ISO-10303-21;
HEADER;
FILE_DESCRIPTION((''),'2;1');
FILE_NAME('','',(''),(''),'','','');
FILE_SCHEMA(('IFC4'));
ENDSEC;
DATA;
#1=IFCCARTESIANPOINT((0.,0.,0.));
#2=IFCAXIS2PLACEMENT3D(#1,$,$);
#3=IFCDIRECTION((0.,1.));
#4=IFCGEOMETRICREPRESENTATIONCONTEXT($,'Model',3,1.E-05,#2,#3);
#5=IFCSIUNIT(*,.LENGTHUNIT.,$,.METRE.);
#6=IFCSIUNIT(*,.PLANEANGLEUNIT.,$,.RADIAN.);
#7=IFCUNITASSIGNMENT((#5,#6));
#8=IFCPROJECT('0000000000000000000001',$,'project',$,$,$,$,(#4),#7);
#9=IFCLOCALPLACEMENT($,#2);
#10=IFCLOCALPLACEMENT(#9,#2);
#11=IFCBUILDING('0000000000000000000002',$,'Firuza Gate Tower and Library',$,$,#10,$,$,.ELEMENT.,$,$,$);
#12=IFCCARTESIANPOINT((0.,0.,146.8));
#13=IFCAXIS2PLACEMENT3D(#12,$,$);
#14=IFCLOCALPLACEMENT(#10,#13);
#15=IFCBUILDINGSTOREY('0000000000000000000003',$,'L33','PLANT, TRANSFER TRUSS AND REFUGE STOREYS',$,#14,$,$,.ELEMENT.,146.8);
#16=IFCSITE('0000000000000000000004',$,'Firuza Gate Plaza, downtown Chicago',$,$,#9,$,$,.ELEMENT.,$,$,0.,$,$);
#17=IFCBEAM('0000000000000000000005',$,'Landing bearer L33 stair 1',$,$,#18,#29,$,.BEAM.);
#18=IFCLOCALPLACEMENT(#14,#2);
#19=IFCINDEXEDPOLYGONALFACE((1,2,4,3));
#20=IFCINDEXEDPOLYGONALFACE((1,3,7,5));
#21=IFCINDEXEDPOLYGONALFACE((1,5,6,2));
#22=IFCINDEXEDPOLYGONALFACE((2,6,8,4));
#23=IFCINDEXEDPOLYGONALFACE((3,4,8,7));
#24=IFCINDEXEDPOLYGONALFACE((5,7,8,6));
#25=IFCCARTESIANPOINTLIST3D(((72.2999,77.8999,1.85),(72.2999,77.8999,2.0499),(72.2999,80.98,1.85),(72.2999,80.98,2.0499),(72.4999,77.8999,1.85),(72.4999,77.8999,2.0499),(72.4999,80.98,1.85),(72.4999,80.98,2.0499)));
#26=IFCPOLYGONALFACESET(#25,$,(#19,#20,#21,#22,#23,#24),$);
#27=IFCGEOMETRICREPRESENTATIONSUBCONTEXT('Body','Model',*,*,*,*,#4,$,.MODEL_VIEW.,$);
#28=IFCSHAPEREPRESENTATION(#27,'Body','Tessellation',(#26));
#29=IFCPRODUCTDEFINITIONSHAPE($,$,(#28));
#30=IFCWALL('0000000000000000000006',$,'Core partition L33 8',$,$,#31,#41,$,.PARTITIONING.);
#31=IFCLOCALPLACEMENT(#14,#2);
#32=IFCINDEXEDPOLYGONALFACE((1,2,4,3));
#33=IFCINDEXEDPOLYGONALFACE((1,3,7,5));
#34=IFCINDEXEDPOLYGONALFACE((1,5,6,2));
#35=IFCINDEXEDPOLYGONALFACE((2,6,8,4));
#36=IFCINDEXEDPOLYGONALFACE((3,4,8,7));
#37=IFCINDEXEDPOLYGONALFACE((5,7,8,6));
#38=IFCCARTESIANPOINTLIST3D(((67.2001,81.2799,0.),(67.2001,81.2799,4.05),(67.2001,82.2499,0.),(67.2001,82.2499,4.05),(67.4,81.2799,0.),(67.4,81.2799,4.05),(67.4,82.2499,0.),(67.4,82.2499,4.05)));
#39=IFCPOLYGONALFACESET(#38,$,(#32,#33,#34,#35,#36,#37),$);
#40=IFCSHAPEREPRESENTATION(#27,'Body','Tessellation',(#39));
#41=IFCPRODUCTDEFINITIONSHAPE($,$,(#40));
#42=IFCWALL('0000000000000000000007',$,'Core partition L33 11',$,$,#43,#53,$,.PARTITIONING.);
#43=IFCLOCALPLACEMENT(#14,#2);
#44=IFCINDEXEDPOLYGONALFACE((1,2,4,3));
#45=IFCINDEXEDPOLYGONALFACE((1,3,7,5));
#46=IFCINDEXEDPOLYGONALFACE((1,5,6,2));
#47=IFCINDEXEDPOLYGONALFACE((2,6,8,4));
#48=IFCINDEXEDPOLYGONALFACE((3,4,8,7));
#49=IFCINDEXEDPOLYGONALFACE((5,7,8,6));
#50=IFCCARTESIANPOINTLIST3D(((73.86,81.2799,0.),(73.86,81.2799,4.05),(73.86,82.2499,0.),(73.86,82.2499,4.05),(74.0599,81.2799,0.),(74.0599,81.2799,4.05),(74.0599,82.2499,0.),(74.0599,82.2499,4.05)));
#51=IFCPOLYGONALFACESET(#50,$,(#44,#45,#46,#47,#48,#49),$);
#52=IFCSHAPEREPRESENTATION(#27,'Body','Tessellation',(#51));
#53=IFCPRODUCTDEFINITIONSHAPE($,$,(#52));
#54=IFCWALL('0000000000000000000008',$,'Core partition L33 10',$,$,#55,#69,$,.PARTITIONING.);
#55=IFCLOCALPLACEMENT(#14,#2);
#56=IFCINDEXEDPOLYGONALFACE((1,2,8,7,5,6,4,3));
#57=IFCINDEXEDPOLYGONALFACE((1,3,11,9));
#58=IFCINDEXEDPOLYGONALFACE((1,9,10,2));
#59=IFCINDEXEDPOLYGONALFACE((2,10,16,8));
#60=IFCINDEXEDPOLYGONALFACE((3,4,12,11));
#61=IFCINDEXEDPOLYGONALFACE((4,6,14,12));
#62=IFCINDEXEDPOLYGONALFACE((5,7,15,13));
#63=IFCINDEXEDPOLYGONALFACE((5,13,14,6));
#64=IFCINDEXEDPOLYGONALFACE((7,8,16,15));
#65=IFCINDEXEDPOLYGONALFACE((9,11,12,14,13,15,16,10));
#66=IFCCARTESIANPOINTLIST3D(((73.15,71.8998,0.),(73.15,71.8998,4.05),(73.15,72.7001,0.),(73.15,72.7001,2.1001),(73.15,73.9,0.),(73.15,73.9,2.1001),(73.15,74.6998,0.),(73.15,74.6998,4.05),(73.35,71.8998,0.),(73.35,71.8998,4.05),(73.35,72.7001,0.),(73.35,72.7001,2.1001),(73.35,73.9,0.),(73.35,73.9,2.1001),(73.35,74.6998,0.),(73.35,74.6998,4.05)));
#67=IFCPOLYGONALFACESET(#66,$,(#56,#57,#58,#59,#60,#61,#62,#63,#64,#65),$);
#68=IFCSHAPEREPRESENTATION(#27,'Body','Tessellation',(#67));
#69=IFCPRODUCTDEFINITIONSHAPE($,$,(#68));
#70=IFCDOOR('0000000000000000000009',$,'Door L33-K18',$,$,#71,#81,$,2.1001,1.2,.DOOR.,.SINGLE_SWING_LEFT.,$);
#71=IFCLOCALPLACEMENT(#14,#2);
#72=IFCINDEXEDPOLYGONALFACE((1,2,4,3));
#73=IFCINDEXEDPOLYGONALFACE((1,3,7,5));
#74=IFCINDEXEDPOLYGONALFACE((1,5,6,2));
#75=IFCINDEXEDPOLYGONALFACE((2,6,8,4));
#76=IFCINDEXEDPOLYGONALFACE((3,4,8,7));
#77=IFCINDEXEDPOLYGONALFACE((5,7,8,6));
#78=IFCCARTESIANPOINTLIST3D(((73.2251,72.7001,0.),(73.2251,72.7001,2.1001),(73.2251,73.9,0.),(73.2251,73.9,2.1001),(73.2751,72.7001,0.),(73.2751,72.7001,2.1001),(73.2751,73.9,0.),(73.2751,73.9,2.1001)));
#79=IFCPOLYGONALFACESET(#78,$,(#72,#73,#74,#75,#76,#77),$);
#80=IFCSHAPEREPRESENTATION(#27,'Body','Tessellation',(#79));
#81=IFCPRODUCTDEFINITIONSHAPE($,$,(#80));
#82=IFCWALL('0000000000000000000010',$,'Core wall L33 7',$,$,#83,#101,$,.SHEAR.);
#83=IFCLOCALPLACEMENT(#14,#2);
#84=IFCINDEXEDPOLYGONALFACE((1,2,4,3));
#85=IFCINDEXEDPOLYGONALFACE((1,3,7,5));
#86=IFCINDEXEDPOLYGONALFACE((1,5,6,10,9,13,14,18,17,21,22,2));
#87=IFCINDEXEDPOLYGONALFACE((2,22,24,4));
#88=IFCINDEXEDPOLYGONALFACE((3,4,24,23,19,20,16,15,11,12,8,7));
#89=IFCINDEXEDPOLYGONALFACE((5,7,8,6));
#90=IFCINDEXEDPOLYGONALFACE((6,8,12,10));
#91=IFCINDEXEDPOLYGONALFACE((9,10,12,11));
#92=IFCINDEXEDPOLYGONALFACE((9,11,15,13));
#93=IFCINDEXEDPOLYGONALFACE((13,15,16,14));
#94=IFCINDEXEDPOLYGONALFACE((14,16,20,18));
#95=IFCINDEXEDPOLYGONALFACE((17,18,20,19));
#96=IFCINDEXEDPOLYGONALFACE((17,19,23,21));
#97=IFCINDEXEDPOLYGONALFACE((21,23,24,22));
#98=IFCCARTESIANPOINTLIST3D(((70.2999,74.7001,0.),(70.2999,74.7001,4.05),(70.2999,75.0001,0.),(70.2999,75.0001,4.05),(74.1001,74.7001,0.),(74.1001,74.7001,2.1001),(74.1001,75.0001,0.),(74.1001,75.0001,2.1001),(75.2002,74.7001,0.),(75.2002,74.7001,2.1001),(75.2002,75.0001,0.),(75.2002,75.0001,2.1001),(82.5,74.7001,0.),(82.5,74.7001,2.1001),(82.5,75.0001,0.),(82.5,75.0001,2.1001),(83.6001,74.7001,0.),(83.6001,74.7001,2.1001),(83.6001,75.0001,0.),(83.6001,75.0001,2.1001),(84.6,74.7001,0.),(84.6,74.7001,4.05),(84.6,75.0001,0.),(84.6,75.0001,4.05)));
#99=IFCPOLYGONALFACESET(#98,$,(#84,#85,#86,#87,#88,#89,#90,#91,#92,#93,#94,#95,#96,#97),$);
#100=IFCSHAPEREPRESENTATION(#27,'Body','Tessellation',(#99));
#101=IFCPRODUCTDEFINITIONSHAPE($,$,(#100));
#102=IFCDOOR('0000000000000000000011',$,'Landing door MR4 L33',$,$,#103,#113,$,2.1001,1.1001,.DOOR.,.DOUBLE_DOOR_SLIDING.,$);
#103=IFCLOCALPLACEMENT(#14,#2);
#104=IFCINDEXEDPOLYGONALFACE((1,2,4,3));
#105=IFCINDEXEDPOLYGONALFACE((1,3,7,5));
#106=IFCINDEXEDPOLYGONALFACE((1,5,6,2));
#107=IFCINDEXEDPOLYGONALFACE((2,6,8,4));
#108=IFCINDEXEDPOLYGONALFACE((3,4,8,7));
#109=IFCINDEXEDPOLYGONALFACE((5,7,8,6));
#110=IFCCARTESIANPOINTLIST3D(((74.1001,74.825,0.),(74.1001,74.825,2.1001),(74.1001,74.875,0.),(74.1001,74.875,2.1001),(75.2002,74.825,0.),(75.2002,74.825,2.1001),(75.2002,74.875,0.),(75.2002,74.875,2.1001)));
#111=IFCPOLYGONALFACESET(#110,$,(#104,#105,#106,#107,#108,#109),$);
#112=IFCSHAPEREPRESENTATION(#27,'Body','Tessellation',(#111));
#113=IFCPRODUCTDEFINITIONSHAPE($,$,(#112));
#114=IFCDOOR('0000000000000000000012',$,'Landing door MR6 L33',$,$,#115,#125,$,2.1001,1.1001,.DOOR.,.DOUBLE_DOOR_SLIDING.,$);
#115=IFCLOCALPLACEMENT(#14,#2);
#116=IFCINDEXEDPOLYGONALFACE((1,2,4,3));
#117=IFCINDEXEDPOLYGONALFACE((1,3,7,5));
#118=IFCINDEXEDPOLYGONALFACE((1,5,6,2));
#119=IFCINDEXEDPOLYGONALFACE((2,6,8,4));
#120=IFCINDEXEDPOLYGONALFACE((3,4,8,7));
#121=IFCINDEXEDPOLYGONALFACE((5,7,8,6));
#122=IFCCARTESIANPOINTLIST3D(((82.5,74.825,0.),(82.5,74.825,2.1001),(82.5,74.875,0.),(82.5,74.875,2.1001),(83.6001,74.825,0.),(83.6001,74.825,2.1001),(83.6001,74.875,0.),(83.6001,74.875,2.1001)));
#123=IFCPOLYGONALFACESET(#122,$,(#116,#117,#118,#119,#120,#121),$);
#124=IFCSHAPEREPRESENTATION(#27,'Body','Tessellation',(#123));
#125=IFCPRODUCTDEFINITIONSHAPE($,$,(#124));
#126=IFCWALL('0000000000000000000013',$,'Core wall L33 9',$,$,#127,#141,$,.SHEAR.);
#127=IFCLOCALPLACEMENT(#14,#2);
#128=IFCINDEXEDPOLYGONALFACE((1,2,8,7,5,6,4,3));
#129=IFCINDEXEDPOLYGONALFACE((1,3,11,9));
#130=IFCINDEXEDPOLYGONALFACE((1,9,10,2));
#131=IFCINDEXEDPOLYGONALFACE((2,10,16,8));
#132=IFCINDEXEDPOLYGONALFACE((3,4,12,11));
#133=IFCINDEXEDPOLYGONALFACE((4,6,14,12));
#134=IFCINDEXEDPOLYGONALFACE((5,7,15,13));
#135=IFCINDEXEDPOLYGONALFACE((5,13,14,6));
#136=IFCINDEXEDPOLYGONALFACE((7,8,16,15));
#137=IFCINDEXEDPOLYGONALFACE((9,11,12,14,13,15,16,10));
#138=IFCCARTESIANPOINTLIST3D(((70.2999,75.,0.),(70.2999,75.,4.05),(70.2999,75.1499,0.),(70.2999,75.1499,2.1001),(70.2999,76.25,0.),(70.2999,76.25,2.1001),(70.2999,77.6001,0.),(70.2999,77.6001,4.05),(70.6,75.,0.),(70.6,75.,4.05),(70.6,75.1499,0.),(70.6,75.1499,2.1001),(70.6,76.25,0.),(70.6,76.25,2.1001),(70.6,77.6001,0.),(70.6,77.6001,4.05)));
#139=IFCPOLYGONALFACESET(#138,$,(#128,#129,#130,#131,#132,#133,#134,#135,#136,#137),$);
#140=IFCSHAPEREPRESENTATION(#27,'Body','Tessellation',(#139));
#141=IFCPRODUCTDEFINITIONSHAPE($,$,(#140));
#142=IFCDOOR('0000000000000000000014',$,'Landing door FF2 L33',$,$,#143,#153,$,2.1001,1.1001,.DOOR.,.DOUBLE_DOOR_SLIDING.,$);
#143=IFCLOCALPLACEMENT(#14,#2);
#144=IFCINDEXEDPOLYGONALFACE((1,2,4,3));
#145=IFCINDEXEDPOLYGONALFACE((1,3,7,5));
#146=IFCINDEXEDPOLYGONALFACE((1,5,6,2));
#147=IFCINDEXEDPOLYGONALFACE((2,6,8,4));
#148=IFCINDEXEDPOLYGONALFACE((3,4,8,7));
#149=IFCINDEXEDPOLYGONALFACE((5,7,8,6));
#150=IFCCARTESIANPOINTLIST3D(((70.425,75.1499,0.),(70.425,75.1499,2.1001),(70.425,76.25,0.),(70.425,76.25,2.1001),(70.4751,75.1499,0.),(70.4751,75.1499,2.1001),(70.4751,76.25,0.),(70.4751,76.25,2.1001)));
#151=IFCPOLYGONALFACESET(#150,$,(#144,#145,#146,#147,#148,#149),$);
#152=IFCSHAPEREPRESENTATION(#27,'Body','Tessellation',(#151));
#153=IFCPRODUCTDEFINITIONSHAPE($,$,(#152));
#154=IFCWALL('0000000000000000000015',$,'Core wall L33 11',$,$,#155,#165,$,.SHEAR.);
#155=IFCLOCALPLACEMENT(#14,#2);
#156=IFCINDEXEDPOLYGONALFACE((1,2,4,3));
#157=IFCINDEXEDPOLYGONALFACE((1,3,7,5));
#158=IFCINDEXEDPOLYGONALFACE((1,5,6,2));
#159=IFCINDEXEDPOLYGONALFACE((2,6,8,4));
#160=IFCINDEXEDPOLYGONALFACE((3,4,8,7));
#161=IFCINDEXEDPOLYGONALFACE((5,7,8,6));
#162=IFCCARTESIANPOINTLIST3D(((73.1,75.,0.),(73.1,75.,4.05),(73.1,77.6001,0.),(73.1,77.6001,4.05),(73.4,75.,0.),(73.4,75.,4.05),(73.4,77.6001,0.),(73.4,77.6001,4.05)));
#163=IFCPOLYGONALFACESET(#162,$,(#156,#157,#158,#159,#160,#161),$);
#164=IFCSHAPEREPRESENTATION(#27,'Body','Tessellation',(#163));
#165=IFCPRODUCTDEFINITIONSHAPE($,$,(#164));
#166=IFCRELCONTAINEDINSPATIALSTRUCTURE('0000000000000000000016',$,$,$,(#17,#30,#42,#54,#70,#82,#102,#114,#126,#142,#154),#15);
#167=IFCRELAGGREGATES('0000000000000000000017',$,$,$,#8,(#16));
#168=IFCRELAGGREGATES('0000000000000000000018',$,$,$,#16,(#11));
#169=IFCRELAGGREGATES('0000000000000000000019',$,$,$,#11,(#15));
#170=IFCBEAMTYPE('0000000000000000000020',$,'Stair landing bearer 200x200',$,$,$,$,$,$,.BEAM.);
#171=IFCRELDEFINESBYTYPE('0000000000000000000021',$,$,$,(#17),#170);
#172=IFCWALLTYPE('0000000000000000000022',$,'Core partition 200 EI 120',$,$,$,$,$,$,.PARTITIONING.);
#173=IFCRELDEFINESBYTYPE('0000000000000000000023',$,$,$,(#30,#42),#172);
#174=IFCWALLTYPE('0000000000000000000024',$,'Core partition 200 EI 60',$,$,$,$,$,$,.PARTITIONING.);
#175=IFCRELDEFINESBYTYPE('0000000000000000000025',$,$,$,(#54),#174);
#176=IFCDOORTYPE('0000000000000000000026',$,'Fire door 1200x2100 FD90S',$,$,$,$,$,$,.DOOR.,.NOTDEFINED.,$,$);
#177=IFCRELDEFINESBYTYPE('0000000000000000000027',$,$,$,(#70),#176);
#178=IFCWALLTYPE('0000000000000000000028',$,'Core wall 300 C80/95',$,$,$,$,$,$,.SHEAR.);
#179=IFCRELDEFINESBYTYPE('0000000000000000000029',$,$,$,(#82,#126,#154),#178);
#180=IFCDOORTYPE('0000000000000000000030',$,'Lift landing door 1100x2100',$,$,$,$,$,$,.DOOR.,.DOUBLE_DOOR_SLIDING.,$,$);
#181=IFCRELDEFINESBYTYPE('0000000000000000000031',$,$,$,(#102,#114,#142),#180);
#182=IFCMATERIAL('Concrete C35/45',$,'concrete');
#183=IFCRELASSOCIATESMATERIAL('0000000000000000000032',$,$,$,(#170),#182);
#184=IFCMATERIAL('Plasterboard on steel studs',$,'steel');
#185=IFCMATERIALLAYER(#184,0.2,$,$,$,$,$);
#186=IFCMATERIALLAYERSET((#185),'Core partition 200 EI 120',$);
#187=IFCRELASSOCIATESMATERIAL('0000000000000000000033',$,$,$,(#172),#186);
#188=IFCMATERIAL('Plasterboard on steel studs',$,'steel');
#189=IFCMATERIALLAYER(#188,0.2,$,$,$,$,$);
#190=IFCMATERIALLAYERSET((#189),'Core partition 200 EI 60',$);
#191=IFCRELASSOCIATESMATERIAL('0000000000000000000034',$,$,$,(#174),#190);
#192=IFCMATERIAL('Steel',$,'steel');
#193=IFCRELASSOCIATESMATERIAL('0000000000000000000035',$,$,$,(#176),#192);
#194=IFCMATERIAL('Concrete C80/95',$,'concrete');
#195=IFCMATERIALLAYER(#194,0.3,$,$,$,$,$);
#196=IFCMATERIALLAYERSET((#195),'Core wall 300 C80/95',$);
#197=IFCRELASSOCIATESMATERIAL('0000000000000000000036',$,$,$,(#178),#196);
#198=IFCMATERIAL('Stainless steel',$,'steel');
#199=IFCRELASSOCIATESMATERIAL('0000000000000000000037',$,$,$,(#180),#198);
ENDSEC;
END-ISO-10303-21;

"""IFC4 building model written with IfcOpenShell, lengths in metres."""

from ifc_helpers import new_model, si_unit, direction, frame, frame_2d, origin, origin_2d, place, context, subcontext, project, spatial, rectangle, extrude, material, layer, layer_set, material_profile, profile_set, type_object, element, fill, save


model = new_model("IFC4")

# Units and contexts
model_context = context("Model", 3, precision=1e-05, world=origin(), true_north=direction((0.0, 1.0)))
body_context = subcontext(model_context, "Body", "Model", "MODEL_VIEW")
ifc_project = project(units=[si_unit("LENGTHUNIT", "METRE"), si_unit("PLANEANGLEUNIT", "RADIAN")], contexts=[model_context])

# Site, building, storey
site_placement = place(None, origin())
site = spatial("IfcSite", under=ifc_project, at=site_placement, Name="Firuza Gate Plaza, downtown Chicago", CompositionType="ELEMENT", RefElevation=0.0)
building_placement = place(site_placement, origin())
building = spatial("IfcBuilding", under=site, at=building_placement, Name="Firuza Gate Tower and Library", CompositionType="ELEMENT")
storey_placement = place(building_placement, frame((0.0, 0.0, 146.8)))
storey = spatial("IfcBuildingStorey", under=building, at=storey_placement, Name="L33", Description="PLANT, TRANSFER TRUSS AND REFUGE STOREYS", CompositionType="ELEMENT", Elevation=146.8)

# Beam
ifc_material_1 = material(Name="Concrete C35/45", Category="concrete")
ifc_material_profile = material_profile(ifc_material_1, rectangle(XDim=0.2, YDim=0.2, at=origin_2d()))
ifc_profile_set = profile_set([ifc_material_profile], Name="Concrete C35/45")
beam_type = type_object("IfcBeamType", Name="Stair landing bearer 200x200", PredefinedType="BEAM", material=ifc_profile_set)
beam_placement = place(storey_placement, frame((72.3999, 77.8999, 1.95), z_axis=(0.0, 1.0, 0.0), x_axis=(-1.0, 0.0, 0.0)))
element("IfcBeam", 1, at=beam_placement, inside=storey, type_object=beam_type, Name="Landing bearer L33 stair 1", PredefinedType="BEAM", context=body_context, shape_type="SweptSolid", body=[
    extrude(rectangle(XDim=0.2, YDim=0.2, at=origin_2d()), origin(), (0.0, 0.0, 1.0), 3.0801),
])

# Walls
ifc_material_2 = material(Name="Plasterboard on steel studs", Category="steel")
ifc_layer_1 = layer(ifc_material_2, 0.2)
ifc_layer_set_1 = layer_set([ifc_layer_1], Name="Core partition 200 EI 120")
wall_type_1 = type_object("IfcWallType", Name="Core partition 200 EI 120", PredefinedType="PARTITIONING", material=ifc_layer_set_1)
for number, where, z_axis, x_axis, name in (
    (2, (67.3, 81.28, 0.0), (0.0, 0.0, 1.0), (0.0, 1.0, 0.0), "Core partition L33 8"),
    (3, (73.96, 81.28, 0.0), (0.0, 0.0, 1.0), (0.0, 1.0, 0.0), "Core partition L33 11"),
):
    element("IfcWall", number, at=place(storey_placement, frame(where, z_axis=z_axis, x_axis=x_axis)), inside=storey, type_object=wall_type_1, Name=name, PredefinedType="PARTITIONING", context=body_context, shape_type="SweptSolid", body=[
        extrude(rectangle(XDim=0.97, YDim=0.2, at=frame_2d((0.4849, 0.0))), origin(), (0.0, 0.0, 1.0), 4.05),
    ])

# Wall, opening, door
ifc_material_3 = material(Name="Plasterboard on steel studs", Category="steel")
ifc_layer_2 = layer(ifc_material_3, 0.2)
ifc_layer_set_2 = layer_set([ifc_layer_2], Name="Core partition 200 EI 60")
wall_type_2 = type_object("IfcWallType", Name="Core partition 200 EI 60", PredefinedType="PARTITIONING", material=ifc_layer_set_2)
wall_1_placement = place(storey_placement, frame((73.25, 71.8999, 0.0), z_axis=(0.0, 0.0, 1.0), x_axis=(0.0, 1.0, 0.0)))
wall_1 = element("IfcWall", 4, at=wall_1_placement, inside=storey, type_object=wall_type_2, Name="Core partition L33 10", PredefinedType="PARTITIONING", context=body_context, shape_type="SweptSolid", body=[
    extrude(rectangle(XDim=2.8, YDim=0.2, at=frame_2d((1.3999, 0.0))), origin(), (0.0, 0.0, 1.0), 4.05),
])
opening_1_placement = place(wall_1_placement, frame((0.8, 0.0, 0.0)))
opening_1 = element("IfcOpeningElement", 5, at=opening_1_placement, cuts=wall_1, PredefinedType="OPENING", context=body_context, shape_type="SweptSolid", body=[
    extrude(rectangle(XDim=1.2, YDim=2.1001, at=frame_2d((0.6001, 1.05))), frame((0.0, 0.1099, 0.0), z_axis=(0.0, -1.0, 0.0), x_axis=(1.0, 0.0, 0.0)), (0.0, 0.0, 1.0), 0.22),
])
ifc_material_4 = material(Name="Steel", Category="steel")
door_type_1 = type_object("IfcDoorType", Name="Fire door 1200x2100 FD90S", OperationType="NOTDEFINED", PredefinedType="DOOR", material=ifc_material_4)
door_1_placement = place(opening_1_placement, origin())
door_1 = element("IfcDoor", 6, at=door_1_placement, inside=storey, type_object=door_type_1, Name="Door L33-K18", OperationType="SINGLE_SWING_LEFT", OverallHeight=2.1001, OverallWidth=1.2, PredefinedType="DOOR", context=body_context, shape_type="SweptSolid", body=[
    extrude(rectangle(XDim=1.2, YDim=2.1001, at=frame_2d((0.6001, 1.05))), frame((0.0, 0.0249, 0.0), z_axis=(0.0, -1.0, 0.0), x_axis=(1.0, 0.0, 0.0)), (0.0, 0.0, 1.0), 0.05),
])
fill(opening_1, door_1)

# Wall, openings, doors
ifc_material_5 = material(Name="Concrete C80/95", Category="concrete")
ifc_layer_3 = layer(ifc_material_5, 0.3)
ifc_layer_set_3 = layer_set([ifc_layer_3], Name="Core wall 300 C80/95")
wall_type_3 = type_object("IfcWallType", Name="Core wall 300 C80/95", PredefinedType="SHEAR", material=ifc_layer_set_3)
wall_2_placement = place(storey_placement, frame((70.3, 74.8501, 0.0), z_axis=(0.0, 0.0, 1.0), x_axis=(1.0, 0.0, 0.0)))
wall_2 = element("IfcWall", 7, at=wall_2_placement, inside=storey, type_object=wall_type_3, Name="Core wall L33 7", PredefinedType="SHEAR", context=body_context, shape_type="SweptSolid", body=[
    extrude(rectangle(XDim=14.3, YDim=0.3, at=frame_2d((7.1499, 0.0))), origin(), (0.0, 0.0, 1.0), 4.05),
])
opening_2_placement = place(wall_2_placement, frame((3.8, 0.0, 0.0)))
opening_2 = element("IfcOpeningElement", 8, at=opening_2_placement, cuts=wall_2, PredefinedType="OPENING", context=body_context, shape_type="SweptSolid", body=[
    extrude(rectangle(XDim=1.1001, YDim=2.1001, at=frame_2d((0.55, 1.05))), frame((0.0, 0.1602, 0.0), z_axis=(0.0, -1.0, 0.0), x_axis=(1.0, 0.0, 0.0)), (0.0, 0.0, 1.0), 0.3201),
])
opening_3_placement = place(wall_2_placement, frame((12.2, 0.0, 0.0)))
opening_3 = element("IfcOpeningElement", 9, at=opening_3_placement, cuts=wall_2, PredefinedType="OPENING", context=body_context, shape_type="SweptSolid", body=[
    extrude(rectangle(XDim=1.1001, YDim=2.1001, at=frame_2d((0.55, 1.05))), frame((0.0, 0.1602, 0.0), z_axis=(0.0, -1.0, 0.0), x_axis=(1.0, 0.0, 0.0)), (0.0, 0.0, 1.0), 0.3201),
])
ifc_material_6 = material(Name="Stainless steel", Category="steel")
door_type_2 = type_object("IfcDoorType", Name="Lift landing door 1100x2100", OperationType="DOUBLE_DOOR_SLIDING", PredefinedType="DOOR", material=ifc_material_6)
door_2_placement = place(opening_2_placement, origin())
door_2 = element("IfcDoor", 10, at=door_2_placement, inside=storey, type_object=door_type_2, Name="Landing door MR4 L33", OperationType="DOUBLE_DOOR_SLIDING", OverallHeight=2.1001, OverallWidth=1.1001, PredefinedType="DOOR", context=body_context, shape_type="SweptSolid", body=[
    extrude(rectangle(XDim=1.1001, YDim=2.1001, at=frame_2d((0.55, 1.05))), frame((0.0, 0.0249, 0.0), z_axis=(0.0, -1.0, 0.0), x_axis=(1.0, 0.0, 0.0)), (0.0, 0.0, 1.0), 0.05),
])
fill(opening_2, door_2)
door_3_placement = place(opening_3_placement, origin())
door_3 = element("IfcDoor", 11, at=door_3_placement, inside=storey, type_object=door_type_2, Name="Landing door MR6 L33", OperationType="DOUBLE_DOOR_SLIDING", OverallHeight=2.1001, OverallWidth=1.1001, PredefinedType="DOOR", context=body_context, shape_type="SweptSolid", body=[
    extrude(rectangle(XDim=1.1001, YDim=2.1001, at=frame_2d((0.55, 1.05))), frame((0.0, 0.0249, 0.0), z_axis=(0.0, -1.0, 0.0), x_axis=(1.0, 0.0, 0.0)), (0.0, 0.0, 1.0), 0.05),
])
fill(opening_3, door_3)

# Wall, opening, door
wall_3_placement = place(storey_placement, frame((70.45, 75.0, 0.0), z_axis=(0.0, 0.0, 1.0), x_axis=(0.0, 1.0, 0.0)))
wall_3 = element("IfcWall", 12, at=wall_3_placement, inside=storey, type_object=wall_type_3, Name="Core wall L33 9", PredefinedType="SHEAR", context=body_context, shape_type="SweptSolid", body=[
    extrude(rectangle(XDim=2.6001, YDim=0.3, at=frame_2d((1.3, 0.0))), origin(), (0.0, 0.0, 1.0), 4.05),
])
opening_4_placement = place(wall_3_placement, frame((0.1499, 0.0, 0.0)))
opening_4 = element("IfcOpeningElement", 13, at=opening_4_placement, cuts=wall_3, PredefinedType="OPENING", context=body_context, shape_type="SweptSolid", body=[
    extrude(rectangle(XDim=1.1001, YDim=2.1001, at=frame_2d((0.55, 1.05))), frame((0.0, 0.1602, 0.0), z_axis=(0.0, -1.0, 0.0), x_axis=(1.0, 0.0, 0.0)), (0.0, 0.0, 1.0), 0.3201),
])
door_4_placement = place(opening_4_placement, origin())
door_4 = element("IfcDoor", 14, at=door_4_placement, inside=storey, type_object=door_type_2, Name="Landing door FF2 L33", OperationType="DOUBLE_DOOR_SLIDING", OverallHeight=2.1001, OverallWidth=1.1001, PredefinedType="DOOR", context=body_context, shape_type="SweptSolid", body=[
    extrude(rectangle(XDim=1.1001, YDim=2.1001, at=frame_2d((0.55, 1.05))), frame((0.0, 0.0249, 0.0), z_axis=(0.0, -1.0, 0.0), x_axis=(1.0, 0.0, 0.0)), (0.0, 0.0, 1.0), 0.05),
])
fill(opening_4, door_4)

# Wall
wall_4_placement = place(storey_placement, frame((73.25, 75.0, 0.0), z_axis=(0.0, 0.0, 1.0), x_axis=(0.0, 1.0, 0.0)))
element("IfcWall", 15, at=wall_4_placement, inside=storey, type_object=wall_type_3, Name="Core wall L33 11", PredefinedType="SHEAR", context=body_context, shape_type="SweptSolid", body=[
    extrude(rectangle(XDim=2.6001, YDim=0.3, at=frame_2d((1.3, 0.0))), origin(), (0.0, 0.0, 1.0), 4.05),
])

save(model, "model.ifc")
